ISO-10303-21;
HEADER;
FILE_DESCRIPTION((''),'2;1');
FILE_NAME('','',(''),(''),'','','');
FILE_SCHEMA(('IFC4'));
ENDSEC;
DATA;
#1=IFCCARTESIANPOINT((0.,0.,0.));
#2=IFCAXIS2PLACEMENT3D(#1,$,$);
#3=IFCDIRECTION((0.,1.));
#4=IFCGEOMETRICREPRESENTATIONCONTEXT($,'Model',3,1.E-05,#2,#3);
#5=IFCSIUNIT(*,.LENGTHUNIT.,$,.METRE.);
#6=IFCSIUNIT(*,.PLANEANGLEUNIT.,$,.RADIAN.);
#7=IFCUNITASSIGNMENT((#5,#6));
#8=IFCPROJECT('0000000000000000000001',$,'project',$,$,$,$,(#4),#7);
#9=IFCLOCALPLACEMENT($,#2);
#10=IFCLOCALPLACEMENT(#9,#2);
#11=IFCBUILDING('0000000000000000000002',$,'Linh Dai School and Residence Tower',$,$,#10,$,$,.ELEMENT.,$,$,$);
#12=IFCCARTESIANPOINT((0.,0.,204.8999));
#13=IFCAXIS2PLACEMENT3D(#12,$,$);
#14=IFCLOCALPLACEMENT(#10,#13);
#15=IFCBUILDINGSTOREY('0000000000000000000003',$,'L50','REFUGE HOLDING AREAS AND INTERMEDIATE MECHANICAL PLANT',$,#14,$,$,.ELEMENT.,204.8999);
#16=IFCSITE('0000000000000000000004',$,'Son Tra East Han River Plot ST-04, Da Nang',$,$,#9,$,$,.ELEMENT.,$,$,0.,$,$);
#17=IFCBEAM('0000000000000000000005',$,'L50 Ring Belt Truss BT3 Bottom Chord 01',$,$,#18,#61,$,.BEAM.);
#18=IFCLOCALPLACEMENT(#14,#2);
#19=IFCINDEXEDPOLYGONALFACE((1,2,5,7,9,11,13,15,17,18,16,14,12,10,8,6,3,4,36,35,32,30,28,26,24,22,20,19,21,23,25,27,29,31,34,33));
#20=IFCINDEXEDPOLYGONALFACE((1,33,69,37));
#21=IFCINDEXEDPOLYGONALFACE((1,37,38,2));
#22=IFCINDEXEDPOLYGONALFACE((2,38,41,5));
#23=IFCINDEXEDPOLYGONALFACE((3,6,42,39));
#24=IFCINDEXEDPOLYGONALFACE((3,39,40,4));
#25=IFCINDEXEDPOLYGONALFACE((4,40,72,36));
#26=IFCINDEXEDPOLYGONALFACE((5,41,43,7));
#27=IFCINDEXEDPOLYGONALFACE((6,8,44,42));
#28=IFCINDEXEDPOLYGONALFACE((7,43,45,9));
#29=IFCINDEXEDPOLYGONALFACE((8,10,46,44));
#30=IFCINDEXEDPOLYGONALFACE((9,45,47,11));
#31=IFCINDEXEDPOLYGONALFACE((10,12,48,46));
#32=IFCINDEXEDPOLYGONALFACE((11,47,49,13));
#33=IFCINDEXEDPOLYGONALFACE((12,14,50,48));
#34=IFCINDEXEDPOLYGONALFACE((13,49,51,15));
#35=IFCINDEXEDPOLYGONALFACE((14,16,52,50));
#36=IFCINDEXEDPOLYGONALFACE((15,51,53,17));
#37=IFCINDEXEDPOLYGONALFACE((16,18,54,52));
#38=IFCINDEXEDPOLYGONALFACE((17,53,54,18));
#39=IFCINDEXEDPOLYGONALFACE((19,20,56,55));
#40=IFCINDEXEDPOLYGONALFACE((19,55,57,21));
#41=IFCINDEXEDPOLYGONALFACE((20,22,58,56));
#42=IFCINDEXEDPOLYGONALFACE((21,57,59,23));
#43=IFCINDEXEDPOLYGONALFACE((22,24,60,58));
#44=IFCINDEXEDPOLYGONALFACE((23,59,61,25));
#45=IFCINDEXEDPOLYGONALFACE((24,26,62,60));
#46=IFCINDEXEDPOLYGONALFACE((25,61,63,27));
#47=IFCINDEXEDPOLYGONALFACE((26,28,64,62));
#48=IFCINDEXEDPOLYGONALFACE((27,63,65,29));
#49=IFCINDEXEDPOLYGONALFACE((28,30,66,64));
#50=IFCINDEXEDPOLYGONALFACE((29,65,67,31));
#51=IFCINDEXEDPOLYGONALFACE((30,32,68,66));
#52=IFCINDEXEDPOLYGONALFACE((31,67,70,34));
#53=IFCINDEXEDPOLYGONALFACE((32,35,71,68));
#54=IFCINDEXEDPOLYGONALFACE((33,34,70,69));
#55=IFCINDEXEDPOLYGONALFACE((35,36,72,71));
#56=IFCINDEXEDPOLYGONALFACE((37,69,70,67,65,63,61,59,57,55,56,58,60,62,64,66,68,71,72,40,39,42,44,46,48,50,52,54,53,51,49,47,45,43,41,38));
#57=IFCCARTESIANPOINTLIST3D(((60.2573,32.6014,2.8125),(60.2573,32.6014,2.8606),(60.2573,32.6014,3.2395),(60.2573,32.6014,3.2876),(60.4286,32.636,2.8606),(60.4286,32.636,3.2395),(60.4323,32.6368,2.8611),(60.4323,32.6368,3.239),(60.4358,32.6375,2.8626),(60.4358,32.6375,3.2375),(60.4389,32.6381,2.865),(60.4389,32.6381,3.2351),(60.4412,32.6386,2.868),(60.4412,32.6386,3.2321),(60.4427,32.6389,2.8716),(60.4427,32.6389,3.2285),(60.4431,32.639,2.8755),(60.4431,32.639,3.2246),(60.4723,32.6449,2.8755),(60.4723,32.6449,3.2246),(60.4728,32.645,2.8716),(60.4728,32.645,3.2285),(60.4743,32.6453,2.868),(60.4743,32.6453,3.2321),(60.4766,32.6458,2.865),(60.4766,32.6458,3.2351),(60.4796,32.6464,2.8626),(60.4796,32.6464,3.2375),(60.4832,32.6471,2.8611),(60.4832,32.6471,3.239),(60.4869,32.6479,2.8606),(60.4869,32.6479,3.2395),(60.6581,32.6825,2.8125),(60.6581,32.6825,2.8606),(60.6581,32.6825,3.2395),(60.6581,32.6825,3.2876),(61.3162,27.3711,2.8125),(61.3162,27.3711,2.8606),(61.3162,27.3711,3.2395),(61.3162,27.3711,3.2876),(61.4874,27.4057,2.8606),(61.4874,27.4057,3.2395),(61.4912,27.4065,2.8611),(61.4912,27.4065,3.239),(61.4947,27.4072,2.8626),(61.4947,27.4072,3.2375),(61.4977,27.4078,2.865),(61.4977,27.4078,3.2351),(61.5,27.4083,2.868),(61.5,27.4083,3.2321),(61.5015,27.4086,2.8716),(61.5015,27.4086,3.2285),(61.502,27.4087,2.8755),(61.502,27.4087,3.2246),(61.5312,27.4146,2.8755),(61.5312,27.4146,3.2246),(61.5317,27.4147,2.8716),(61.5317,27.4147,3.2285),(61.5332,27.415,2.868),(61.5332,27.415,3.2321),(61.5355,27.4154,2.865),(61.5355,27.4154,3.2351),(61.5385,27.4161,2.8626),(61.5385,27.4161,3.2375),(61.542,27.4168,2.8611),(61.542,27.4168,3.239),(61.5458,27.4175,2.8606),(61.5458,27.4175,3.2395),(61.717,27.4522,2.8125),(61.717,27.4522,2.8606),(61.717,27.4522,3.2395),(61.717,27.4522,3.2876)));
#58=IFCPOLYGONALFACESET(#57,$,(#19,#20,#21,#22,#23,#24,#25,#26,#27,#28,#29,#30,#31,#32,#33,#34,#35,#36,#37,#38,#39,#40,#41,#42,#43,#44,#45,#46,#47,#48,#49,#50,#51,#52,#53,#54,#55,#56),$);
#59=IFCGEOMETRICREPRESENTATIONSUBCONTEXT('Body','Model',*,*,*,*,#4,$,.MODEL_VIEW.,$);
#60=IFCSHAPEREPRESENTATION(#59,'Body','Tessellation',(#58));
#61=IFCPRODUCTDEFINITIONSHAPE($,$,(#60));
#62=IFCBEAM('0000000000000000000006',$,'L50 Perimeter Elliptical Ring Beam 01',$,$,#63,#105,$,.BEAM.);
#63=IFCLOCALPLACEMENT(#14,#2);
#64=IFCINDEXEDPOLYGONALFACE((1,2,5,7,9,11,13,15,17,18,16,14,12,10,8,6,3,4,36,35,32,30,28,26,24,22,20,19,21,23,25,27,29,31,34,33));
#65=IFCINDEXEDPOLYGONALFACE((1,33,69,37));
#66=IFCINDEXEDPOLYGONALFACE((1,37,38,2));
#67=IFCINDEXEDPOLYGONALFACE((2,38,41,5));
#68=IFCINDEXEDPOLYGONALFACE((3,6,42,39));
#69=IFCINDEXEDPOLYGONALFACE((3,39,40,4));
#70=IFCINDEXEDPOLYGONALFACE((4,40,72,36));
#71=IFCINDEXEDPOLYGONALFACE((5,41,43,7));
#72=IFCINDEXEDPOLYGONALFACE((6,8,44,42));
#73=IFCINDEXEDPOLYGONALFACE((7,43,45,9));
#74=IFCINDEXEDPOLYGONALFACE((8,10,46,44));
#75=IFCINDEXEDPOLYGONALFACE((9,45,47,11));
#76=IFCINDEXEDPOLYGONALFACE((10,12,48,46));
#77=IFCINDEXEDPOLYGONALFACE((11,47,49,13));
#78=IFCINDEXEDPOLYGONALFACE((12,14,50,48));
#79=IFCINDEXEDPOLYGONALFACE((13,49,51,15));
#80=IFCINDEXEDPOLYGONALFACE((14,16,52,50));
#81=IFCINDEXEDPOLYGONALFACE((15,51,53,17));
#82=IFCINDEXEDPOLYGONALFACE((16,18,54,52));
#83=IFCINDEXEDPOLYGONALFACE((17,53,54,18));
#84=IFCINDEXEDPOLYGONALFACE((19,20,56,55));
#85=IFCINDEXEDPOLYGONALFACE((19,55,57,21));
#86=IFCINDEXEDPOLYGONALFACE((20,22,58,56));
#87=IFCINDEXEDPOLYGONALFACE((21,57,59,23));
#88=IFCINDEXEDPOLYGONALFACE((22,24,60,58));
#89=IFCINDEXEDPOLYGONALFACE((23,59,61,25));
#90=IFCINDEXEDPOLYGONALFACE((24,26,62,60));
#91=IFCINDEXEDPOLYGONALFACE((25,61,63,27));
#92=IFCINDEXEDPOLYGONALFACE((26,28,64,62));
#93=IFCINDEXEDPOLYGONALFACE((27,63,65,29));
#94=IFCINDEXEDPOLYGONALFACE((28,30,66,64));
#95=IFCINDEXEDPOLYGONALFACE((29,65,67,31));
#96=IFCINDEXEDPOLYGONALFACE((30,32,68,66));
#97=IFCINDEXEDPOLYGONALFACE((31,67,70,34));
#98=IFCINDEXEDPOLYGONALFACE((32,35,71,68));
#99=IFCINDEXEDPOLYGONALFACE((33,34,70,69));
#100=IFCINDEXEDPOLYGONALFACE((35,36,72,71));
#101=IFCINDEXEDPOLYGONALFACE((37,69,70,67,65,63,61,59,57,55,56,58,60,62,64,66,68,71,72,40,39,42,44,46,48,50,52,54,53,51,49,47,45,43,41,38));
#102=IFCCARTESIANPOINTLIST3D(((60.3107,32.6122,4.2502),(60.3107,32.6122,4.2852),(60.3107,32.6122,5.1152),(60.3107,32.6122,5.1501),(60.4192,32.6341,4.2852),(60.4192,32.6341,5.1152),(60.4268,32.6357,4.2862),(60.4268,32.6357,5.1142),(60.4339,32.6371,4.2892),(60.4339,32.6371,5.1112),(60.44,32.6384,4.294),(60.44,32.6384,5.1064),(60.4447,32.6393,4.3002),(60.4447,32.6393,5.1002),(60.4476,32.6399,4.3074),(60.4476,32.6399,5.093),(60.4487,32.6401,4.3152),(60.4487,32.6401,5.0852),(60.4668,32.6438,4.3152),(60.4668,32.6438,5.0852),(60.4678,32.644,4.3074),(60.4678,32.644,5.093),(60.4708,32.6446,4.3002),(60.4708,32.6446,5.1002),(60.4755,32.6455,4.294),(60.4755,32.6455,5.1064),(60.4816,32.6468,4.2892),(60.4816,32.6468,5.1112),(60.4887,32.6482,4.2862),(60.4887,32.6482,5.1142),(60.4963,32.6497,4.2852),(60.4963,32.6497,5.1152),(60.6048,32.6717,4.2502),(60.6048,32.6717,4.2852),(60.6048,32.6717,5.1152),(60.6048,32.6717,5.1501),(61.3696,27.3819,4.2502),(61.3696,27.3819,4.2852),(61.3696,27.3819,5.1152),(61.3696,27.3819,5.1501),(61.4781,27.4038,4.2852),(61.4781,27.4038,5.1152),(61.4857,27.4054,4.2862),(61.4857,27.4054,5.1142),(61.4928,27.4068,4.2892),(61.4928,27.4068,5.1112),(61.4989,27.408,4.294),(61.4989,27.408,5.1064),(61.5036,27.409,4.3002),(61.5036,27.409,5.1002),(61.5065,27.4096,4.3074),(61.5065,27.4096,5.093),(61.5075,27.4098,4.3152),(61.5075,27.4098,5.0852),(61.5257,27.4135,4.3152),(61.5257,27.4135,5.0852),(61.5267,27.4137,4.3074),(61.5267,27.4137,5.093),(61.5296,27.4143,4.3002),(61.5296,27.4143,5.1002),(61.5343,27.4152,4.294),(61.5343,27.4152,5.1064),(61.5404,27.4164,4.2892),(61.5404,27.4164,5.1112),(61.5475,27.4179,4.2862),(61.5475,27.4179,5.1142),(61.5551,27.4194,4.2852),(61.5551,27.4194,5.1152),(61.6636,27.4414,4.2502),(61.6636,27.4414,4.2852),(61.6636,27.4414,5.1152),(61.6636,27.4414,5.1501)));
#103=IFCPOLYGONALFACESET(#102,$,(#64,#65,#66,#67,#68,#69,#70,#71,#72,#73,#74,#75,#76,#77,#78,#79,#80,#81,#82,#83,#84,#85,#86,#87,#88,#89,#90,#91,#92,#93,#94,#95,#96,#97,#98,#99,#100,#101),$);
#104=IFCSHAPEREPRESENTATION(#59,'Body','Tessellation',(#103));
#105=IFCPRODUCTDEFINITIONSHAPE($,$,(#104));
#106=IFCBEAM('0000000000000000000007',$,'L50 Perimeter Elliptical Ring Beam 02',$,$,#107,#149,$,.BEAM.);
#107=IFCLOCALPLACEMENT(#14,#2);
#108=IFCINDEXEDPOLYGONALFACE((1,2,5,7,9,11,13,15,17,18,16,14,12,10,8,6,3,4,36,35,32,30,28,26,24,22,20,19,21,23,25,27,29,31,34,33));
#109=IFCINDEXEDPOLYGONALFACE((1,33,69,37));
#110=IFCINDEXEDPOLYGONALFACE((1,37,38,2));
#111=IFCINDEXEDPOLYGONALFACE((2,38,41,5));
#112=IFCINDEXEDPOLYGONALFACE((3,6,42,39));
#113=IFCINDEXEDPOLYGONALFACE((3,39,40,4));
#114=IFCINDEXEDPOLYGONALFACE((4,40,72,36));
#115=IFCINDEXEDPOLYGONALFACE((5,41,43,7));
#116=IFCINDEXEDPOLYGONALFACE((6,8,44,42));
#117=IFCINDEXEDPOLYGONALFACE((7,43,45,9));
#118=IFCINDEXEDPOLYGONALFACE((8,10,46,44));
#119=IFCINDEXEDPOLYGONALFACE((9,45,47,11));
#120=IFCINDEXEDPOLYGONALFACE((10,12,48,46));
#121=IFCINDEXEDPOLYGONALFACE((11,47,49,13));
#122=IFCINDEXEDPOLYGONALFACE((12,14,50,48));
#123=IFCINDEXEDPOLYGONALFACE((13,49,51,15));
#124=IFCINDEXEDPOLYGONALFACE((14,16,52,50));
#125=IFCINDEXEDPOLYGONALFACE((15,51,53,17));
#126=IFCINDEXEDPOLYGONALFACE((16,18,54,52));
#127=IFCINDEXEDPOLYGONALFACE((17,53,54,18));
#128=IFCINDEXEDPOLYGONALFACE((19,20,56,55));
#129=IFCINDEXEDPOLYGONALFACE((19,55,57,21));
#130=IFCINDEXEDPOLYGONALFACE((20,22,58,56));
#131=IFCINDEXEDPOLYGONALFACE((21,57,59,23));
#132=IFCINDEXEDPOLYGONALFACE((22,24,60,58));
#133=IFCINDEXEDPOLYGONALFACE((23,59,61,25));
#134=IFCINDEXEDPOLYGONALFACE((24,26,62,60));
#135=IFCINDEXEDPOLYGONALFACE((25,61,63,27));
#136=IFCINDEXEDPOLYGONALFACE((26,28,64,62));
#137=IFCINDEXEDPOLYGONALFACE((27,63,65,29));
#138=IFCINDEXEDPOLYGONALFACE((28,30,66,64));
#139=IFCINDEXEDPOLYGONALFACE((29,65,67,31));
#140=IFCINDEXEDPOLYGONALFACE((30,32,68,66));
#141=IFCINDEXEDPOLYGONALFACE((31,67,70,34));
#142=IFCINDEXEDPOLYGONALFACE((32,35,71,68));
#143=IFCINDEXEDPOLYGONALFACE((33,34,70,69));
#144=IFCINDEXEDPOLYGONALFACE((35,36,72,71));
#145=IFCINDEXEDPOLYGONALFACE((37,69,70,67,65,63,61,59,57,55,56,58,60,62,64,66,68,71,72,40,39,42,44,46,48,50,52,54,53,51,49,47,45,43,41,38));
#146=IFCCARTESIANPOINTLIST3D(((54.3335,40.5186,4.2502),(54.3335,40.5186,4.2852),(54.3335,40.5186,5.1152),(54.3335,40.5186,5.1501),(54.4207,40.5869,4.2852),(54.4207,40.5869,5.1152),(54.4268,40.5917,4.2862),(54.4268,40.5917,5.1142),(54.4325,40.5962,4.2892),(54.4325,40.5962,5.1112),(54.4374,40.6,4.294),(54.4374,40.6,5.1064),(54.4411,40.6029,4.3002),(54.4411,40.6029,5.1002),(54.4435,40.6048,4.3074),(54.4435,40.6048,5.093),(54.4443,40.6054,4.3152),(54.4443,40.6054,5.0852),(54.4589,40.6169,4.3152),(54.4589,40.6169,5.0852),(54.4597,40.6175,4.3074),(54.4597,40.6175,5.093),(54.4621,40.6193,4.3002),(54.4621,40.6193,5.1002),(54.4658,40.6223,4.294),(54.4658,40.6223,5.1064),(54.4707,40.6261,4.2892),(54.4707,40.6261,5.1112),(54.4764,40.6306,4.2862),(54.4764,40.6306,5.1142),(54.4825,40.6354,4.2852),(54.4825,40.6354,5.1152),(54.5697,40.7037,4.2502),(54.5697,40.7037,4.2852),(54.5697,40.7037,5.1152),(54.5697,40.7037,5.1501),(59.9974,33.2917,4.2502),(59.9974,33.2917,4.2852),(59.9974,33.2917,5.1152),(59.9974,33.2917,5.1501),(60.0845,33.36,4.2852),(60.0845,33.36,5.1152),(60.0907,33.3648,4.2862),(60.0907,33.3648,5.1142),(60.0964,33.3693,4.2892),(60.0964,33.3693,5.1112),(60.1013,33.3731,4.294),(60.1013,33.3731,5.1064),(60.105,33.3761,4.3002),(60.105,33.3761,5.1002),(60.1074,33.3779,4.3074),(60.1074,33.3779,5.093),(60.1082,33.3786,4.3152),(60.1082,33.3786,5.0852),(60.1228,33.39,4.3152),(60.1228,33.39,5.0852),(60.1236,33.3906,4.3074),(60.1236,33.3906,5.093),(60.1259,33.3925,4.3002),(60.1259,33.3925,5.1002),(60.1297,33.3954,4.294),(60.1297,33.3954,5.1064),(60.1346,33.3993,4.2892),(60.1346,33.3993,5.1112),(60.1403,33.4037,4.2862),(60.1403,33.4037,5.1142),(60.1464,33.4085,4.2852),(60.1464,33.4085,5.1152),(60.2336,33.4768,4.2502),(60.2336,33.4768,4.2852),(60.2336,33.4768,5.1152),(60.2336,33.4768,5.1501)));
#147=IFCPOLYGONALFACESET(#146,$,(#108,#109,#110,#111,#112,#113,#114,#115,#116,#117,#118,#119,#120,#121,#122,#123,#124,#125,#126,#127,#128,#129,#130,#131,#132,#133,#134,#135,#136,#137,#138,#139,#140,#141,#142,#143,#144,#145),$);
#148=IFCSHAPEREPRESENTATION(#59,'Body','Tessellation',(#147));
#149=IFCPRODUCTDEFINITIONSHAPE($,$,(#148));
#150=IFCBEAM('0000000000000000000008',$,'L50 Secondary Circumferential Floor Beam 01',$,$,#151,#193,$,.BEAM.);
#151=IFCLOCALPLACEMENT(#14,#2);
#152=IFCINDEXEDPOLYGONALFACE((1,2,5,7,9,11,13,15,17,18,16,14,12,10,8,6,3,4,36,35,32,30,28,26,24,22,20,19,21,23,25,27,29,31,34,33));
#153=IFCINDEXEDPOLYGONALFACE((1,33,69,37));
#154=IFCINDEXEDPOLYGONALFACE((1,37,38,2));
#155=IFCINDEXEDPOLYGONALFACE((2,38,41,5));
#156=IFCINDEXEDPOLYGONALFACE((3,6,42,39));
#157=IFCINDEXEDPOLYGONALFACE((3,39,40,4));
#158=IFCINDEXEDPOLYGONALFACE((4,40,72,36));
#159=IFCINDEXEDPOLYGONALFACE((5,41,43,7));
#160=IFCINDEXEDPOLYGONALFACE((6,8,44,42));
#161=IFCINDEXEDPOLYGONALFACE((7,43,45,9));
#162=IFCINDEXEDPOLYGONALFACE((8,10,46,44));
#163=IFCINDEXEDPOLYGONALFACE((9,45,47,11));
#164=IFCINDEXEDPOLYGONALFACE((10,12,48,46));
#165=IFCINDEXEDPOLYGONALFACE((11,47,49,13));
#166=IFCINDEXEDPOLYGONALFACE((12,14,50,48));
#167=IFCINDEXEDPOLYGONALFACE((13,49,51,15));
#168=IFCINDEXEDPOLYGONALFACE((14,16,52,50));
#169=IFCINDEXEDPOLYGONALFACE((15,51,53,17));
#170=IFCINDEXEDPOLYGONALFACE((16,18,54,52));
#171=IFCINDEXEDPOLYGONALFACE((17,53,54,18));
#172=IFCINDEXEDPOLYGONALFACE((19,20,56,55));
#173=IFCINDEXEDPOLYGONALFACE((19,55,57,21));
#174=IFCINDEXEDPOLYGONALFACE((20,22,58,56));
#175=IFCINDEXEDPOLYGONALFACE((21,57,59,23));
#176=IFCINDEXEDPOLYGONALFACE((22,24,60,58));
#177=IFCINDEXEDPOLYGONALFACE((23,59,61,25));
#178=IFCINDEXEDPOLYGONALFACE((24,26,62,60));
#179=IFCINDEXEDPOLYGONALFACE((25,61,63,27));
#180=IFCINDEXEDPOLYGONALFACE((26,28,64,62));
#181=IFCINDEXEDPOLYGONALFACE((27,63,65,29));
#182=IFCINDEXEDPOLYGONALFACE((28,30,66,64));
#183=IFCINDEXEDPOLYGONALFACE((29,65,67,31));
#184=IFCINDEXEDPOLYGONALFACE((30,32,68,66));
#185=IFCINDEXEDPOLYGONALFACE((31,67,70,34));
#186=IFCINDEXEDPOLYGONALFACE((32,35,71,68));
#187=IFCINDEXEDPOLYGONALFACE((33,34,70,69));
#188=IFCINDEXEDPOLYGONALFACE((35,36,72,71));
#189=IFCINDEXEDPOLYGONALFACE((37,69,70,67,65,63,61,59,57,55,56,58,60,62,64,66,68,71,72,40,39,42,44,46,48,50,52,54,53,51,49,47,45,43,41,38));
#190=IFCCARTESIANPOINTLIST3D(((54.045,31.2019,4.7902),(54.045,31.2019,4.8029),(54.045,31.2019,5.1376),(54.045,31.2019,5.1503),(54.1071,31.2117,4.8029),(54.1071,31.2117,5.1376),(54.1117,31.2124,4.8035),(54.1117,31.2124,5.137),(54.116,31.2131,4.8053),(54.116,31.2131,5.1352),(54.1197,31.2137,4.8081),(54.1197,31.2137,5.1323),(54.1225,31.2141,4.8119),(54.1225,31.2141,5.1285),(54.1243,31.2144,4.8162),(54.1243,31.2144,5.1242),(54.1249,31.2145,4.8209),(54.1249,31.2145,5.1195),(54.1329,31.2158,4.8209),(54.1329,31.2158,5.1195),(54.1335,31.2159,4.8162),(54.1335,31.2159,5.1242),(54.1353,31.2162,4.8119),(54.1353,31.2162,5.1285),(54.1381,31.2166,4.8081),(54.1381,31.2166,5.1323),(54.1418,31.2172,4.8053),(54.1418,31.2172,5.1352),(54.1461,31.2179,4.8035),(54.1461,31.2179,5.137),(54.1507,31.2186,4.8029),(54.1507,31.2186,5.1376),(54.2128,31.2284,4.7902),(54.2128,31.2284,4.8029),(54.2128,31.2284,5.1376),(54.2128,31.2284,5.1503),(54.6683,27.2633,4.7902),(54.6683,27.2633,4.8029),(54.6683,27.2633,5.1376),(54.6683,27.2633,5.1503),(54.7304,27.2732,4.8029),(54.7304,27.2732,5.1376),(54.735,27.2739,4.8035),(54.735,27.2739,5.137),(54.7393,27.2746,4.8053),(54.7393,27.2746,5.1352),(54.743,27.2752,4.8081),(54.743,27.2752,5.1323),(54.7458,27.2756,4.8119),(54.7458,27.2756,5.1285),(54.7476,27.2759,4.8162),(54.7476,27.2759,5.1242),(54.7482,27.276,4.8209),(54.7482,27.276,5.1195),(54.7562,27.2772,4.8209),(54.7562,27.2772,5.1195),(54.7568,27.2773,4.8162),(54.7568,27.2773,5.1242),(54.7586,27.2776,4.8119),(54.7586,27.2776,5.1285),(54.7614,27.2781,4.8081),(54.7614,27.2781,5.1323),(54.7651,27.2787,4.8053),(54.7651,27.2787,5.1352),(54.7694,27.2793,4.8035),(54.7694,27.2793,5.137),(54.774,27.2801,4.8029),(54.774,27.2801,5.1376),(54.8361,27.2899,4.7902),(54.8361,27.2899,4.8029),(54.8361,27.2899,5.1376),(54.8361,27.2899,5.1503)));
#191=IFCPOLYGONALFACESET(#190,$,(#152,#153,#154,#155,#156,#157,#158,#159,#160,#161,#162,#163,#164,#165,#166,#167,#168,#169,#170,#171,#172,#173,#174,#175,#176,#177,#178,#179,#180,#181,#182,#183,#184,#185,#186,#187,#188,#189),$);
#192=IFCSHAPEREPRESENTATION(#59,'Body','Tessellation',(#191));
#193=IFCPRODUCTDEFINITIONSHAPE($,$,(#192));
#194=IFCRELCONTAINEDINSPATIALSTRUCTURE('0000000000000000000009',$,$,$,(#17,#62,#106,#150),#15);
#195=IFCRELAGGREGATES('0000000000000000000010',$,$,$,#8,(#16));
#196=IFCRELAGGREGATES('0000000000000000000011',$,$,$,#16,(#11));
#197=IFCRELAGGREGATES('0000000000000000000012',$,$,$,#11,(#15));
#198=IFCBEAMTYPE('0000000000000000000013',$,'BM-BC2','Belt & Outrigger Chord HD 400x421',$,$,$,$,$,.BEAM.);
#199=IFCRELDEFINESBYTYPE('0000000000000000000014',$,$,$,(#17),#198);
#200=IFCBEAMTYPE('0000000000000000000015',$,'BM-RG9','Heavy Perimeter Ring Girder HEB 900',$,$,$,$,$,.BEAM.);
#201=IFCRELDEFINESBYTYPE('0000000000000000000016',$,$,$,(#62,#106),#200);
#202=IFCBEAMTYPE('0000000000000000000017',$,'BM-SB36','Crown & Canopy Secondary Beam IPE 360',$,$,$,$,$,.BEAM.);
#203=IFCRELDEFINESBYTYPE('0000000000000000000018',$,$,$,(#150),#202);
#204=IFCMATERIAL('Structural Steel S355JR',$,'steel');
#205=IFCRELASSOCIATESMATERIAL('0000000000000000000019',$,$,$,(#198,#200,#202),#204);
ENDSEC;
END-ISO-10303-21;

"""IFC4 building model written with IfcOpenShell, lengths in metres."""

from ifc_helpers import new_model, si_unit, direction, frame, origin, origin_2d, place, context, subcontext, project, spatial, i_section, extrude, material, material_profile, profile_set, type_object, element, save


model = new_model("IFC4")

# Units and contexts
model_context = context("Model", 3, precision=1e-05, world=origin(), true_north=direction((0.0, 1.0)))
body_context = subcontext(model_context, "Body", "Model", "MODEL_VIEW")
ifc_project = project(units=[si_unit("LENGTHUNIT", "METRE"), si_unit("PLANEANGLEUNIT", "RADIAN")], contexts=[model_context])

# Site, building, storey
site_placement = place(None, origin())
site = spatial("IfcSite", under=ifc_project, at=site_placement, Name="Son Tra East Han River Plot ST-04, Da Nang", CompositionType="ELEMENT", RefElevation=0.0)
building_placement = place(site_placement, origin())
building = spatial("IfcBuilding", under=site, at=building_placement, Name="Linh Dai School and Residence Tower", CompositionType="ELEMENT")
storey_placement = place(building_placement, frame((0.0, 0.0, 204.8999)))
storey = spatial("IfcBuildingStorey", under=building, at=storey_placement, Name="L50", Description="REFUGE HOLDING AREAS AND INTERMEDIATE MECHANICAL PLANT", CompositionType="ELEMENT", Elevation=204.8999)

# Shared definitions
ifc_material_1 = material(Name="Structural Steel S355JR", Category="steel")

# Beams
ifc_material_profile_1 = material_profile(ifc_material_1, i_section(OverallWidth=0.4089, OverallDepth=0.4751, WebThickness=0.0298, FlangeThickness=0.0481, FilletRadius=0.0149, at=origin_2d()), Name="HD 400x421")
ifc_profile_set_1 = profile_set([ifc_material_profile_1], Name="Structural Steel S355JR")
beam_type_1 = type_object("IfcBeamType", Name="BM-BC2", Description="Belt & Outrigger Chord HD 400x421", PredefinedType="BEAM", material=ifc_profile_set_1)
beam_1_placement = place(storey_placement, frame((61.5166, 27.4116, 3.05), z_axis=(-0.198421, 0.980117, 0.0), x_axis=(-0.980117, -0.198421, 0.0)))
element("IfcBeam", 1, at=beam_1_placement, inside=storey, type_object=beam_type_1, Name="L50 Ring Belt Truss BT3 Bottom Chord 01", PredefinedType="BEAM", context=body_context, shape_type="SweptSolid", body=[
    extrude(i_section(OverallWidth=0.4089, OverallDepth=0.4751, WebThickness=0.0298, FlangeThickness=0.0481, FilletRadius=0.0149, at=origin_2d()), origin(), (0.0, 0.0, 1.0), 5.3364),
])
ifc_material_profile_2 = material_profile(ifc_material_1, i_section(OverallWidth=0.3, OverallDepth=0.8999, WebThickness=0.0186, FlangeThickness=0.0349, FilletRadius=0.03, at=origin_2d()), Name="HEB 900")
ifc_profile_set_2 = profile_set([ifc_material_profile_2], Name="Structural Steel S355JR")
beam_type_2 = type_object("IfcBeamType", Name="BM-RG9", Description="Heavy Perimeter Ring Girder HEB 900", PredefinedType="BEAM", material=ifc_profile_set_2)
beam_2_placement = place(storey_placement, frame((61.5166, 27.4116, 4.7002), z_axis=(-0.198421, 0.980117, 0.0), x_axis=(-0.980117, -0.198421, 0.0)))
element("IfcBeam", 2, at=beam_2_placement, inside=storey, type_object=beam_type_2, Name="L50 Perimeter Elliptical Ring Beam 01", PredefinedType="BEAM", context=body_context, shape_type="SweptSolid", body=[
    extrude(i_section(OverallWidth=0.3, OverallDepth=0.8999, WebThickness=0.0186, FlangeThickness=0.0349, FilletRadius=0.03, at=origin_2d()), origin(), (0.0, 0.0, 1.0), 5.3364),
])
beam_3_placement = place(storey_placement, frame((60.1155, 33.3843, 4.7002), z_axis=(-0.616852, 0.787079, 0.0), x_axis=(-0.787079, -0.616852, 0.0)))
element("IfcBeam", 3, at=beam_3_placement, inside=storey, type_object=beam_type_2, Name="L50 Perimeter Elliptical Ring Beam 02", PredefinedType="BEAM", context=body_context, shape_type="SweptSolid", body=[
    extrude(i_section(OverallWidth=0.3, OverallDepth=0.8999, WebThickness=0.0186, FlangeThickness=0.0349, FilletRadius=0.03, at=origin_2d()), origin(), (0.0, 0.0, 1.0), 9.1819),
])
ifc_material_profile_3 = material_profile(ifc_material_1, i_section(OverallWidth=0.1699, OverallDepth=0.3601, WebThickness=0.0081, FlangeThickness=0.0127, FilletRadius=0.0181, at=origin_2d()), Name="IPE 360")
ifc_profile_set_3 = profile_set([ifc_material_profile_3], Name="Structural Steel S355JR")
beam_type_3 = type_object("IfcBeamType", Name="BM-SB36", Description="Crown & Canopy Secondary Beam IPE 360", PredefinedType="BEAM", material=ifc_profile_set_3)
beam_4_placement = place(storey_placement, frame((54.7522, 27.2766, 4.9702), z_axis=(-0.156312, 0.987708, 0.0), x_axis=(-0.987708, -0.156312, 0.0)))
element("IfcBeam", 4, at=beam_4_placement, inside=storey, type_object=beam_type_3, Name="L50 Secondary Circumferential Floor Beam 01", PredefinedType="BEAM", context=body_context, shape_type="SweptSolid", body=[
    extrude(i_section(OverallWidth=0.1699, OverallDepth=0.3601, WebThickness=0.0081, FlangeThickness=0.0127, FilletRadius=0.0181, at=origin_2d()), origin(), (0.0, 0.0, 1.0), 3.9875),
])

save(model, "model.ifc")
